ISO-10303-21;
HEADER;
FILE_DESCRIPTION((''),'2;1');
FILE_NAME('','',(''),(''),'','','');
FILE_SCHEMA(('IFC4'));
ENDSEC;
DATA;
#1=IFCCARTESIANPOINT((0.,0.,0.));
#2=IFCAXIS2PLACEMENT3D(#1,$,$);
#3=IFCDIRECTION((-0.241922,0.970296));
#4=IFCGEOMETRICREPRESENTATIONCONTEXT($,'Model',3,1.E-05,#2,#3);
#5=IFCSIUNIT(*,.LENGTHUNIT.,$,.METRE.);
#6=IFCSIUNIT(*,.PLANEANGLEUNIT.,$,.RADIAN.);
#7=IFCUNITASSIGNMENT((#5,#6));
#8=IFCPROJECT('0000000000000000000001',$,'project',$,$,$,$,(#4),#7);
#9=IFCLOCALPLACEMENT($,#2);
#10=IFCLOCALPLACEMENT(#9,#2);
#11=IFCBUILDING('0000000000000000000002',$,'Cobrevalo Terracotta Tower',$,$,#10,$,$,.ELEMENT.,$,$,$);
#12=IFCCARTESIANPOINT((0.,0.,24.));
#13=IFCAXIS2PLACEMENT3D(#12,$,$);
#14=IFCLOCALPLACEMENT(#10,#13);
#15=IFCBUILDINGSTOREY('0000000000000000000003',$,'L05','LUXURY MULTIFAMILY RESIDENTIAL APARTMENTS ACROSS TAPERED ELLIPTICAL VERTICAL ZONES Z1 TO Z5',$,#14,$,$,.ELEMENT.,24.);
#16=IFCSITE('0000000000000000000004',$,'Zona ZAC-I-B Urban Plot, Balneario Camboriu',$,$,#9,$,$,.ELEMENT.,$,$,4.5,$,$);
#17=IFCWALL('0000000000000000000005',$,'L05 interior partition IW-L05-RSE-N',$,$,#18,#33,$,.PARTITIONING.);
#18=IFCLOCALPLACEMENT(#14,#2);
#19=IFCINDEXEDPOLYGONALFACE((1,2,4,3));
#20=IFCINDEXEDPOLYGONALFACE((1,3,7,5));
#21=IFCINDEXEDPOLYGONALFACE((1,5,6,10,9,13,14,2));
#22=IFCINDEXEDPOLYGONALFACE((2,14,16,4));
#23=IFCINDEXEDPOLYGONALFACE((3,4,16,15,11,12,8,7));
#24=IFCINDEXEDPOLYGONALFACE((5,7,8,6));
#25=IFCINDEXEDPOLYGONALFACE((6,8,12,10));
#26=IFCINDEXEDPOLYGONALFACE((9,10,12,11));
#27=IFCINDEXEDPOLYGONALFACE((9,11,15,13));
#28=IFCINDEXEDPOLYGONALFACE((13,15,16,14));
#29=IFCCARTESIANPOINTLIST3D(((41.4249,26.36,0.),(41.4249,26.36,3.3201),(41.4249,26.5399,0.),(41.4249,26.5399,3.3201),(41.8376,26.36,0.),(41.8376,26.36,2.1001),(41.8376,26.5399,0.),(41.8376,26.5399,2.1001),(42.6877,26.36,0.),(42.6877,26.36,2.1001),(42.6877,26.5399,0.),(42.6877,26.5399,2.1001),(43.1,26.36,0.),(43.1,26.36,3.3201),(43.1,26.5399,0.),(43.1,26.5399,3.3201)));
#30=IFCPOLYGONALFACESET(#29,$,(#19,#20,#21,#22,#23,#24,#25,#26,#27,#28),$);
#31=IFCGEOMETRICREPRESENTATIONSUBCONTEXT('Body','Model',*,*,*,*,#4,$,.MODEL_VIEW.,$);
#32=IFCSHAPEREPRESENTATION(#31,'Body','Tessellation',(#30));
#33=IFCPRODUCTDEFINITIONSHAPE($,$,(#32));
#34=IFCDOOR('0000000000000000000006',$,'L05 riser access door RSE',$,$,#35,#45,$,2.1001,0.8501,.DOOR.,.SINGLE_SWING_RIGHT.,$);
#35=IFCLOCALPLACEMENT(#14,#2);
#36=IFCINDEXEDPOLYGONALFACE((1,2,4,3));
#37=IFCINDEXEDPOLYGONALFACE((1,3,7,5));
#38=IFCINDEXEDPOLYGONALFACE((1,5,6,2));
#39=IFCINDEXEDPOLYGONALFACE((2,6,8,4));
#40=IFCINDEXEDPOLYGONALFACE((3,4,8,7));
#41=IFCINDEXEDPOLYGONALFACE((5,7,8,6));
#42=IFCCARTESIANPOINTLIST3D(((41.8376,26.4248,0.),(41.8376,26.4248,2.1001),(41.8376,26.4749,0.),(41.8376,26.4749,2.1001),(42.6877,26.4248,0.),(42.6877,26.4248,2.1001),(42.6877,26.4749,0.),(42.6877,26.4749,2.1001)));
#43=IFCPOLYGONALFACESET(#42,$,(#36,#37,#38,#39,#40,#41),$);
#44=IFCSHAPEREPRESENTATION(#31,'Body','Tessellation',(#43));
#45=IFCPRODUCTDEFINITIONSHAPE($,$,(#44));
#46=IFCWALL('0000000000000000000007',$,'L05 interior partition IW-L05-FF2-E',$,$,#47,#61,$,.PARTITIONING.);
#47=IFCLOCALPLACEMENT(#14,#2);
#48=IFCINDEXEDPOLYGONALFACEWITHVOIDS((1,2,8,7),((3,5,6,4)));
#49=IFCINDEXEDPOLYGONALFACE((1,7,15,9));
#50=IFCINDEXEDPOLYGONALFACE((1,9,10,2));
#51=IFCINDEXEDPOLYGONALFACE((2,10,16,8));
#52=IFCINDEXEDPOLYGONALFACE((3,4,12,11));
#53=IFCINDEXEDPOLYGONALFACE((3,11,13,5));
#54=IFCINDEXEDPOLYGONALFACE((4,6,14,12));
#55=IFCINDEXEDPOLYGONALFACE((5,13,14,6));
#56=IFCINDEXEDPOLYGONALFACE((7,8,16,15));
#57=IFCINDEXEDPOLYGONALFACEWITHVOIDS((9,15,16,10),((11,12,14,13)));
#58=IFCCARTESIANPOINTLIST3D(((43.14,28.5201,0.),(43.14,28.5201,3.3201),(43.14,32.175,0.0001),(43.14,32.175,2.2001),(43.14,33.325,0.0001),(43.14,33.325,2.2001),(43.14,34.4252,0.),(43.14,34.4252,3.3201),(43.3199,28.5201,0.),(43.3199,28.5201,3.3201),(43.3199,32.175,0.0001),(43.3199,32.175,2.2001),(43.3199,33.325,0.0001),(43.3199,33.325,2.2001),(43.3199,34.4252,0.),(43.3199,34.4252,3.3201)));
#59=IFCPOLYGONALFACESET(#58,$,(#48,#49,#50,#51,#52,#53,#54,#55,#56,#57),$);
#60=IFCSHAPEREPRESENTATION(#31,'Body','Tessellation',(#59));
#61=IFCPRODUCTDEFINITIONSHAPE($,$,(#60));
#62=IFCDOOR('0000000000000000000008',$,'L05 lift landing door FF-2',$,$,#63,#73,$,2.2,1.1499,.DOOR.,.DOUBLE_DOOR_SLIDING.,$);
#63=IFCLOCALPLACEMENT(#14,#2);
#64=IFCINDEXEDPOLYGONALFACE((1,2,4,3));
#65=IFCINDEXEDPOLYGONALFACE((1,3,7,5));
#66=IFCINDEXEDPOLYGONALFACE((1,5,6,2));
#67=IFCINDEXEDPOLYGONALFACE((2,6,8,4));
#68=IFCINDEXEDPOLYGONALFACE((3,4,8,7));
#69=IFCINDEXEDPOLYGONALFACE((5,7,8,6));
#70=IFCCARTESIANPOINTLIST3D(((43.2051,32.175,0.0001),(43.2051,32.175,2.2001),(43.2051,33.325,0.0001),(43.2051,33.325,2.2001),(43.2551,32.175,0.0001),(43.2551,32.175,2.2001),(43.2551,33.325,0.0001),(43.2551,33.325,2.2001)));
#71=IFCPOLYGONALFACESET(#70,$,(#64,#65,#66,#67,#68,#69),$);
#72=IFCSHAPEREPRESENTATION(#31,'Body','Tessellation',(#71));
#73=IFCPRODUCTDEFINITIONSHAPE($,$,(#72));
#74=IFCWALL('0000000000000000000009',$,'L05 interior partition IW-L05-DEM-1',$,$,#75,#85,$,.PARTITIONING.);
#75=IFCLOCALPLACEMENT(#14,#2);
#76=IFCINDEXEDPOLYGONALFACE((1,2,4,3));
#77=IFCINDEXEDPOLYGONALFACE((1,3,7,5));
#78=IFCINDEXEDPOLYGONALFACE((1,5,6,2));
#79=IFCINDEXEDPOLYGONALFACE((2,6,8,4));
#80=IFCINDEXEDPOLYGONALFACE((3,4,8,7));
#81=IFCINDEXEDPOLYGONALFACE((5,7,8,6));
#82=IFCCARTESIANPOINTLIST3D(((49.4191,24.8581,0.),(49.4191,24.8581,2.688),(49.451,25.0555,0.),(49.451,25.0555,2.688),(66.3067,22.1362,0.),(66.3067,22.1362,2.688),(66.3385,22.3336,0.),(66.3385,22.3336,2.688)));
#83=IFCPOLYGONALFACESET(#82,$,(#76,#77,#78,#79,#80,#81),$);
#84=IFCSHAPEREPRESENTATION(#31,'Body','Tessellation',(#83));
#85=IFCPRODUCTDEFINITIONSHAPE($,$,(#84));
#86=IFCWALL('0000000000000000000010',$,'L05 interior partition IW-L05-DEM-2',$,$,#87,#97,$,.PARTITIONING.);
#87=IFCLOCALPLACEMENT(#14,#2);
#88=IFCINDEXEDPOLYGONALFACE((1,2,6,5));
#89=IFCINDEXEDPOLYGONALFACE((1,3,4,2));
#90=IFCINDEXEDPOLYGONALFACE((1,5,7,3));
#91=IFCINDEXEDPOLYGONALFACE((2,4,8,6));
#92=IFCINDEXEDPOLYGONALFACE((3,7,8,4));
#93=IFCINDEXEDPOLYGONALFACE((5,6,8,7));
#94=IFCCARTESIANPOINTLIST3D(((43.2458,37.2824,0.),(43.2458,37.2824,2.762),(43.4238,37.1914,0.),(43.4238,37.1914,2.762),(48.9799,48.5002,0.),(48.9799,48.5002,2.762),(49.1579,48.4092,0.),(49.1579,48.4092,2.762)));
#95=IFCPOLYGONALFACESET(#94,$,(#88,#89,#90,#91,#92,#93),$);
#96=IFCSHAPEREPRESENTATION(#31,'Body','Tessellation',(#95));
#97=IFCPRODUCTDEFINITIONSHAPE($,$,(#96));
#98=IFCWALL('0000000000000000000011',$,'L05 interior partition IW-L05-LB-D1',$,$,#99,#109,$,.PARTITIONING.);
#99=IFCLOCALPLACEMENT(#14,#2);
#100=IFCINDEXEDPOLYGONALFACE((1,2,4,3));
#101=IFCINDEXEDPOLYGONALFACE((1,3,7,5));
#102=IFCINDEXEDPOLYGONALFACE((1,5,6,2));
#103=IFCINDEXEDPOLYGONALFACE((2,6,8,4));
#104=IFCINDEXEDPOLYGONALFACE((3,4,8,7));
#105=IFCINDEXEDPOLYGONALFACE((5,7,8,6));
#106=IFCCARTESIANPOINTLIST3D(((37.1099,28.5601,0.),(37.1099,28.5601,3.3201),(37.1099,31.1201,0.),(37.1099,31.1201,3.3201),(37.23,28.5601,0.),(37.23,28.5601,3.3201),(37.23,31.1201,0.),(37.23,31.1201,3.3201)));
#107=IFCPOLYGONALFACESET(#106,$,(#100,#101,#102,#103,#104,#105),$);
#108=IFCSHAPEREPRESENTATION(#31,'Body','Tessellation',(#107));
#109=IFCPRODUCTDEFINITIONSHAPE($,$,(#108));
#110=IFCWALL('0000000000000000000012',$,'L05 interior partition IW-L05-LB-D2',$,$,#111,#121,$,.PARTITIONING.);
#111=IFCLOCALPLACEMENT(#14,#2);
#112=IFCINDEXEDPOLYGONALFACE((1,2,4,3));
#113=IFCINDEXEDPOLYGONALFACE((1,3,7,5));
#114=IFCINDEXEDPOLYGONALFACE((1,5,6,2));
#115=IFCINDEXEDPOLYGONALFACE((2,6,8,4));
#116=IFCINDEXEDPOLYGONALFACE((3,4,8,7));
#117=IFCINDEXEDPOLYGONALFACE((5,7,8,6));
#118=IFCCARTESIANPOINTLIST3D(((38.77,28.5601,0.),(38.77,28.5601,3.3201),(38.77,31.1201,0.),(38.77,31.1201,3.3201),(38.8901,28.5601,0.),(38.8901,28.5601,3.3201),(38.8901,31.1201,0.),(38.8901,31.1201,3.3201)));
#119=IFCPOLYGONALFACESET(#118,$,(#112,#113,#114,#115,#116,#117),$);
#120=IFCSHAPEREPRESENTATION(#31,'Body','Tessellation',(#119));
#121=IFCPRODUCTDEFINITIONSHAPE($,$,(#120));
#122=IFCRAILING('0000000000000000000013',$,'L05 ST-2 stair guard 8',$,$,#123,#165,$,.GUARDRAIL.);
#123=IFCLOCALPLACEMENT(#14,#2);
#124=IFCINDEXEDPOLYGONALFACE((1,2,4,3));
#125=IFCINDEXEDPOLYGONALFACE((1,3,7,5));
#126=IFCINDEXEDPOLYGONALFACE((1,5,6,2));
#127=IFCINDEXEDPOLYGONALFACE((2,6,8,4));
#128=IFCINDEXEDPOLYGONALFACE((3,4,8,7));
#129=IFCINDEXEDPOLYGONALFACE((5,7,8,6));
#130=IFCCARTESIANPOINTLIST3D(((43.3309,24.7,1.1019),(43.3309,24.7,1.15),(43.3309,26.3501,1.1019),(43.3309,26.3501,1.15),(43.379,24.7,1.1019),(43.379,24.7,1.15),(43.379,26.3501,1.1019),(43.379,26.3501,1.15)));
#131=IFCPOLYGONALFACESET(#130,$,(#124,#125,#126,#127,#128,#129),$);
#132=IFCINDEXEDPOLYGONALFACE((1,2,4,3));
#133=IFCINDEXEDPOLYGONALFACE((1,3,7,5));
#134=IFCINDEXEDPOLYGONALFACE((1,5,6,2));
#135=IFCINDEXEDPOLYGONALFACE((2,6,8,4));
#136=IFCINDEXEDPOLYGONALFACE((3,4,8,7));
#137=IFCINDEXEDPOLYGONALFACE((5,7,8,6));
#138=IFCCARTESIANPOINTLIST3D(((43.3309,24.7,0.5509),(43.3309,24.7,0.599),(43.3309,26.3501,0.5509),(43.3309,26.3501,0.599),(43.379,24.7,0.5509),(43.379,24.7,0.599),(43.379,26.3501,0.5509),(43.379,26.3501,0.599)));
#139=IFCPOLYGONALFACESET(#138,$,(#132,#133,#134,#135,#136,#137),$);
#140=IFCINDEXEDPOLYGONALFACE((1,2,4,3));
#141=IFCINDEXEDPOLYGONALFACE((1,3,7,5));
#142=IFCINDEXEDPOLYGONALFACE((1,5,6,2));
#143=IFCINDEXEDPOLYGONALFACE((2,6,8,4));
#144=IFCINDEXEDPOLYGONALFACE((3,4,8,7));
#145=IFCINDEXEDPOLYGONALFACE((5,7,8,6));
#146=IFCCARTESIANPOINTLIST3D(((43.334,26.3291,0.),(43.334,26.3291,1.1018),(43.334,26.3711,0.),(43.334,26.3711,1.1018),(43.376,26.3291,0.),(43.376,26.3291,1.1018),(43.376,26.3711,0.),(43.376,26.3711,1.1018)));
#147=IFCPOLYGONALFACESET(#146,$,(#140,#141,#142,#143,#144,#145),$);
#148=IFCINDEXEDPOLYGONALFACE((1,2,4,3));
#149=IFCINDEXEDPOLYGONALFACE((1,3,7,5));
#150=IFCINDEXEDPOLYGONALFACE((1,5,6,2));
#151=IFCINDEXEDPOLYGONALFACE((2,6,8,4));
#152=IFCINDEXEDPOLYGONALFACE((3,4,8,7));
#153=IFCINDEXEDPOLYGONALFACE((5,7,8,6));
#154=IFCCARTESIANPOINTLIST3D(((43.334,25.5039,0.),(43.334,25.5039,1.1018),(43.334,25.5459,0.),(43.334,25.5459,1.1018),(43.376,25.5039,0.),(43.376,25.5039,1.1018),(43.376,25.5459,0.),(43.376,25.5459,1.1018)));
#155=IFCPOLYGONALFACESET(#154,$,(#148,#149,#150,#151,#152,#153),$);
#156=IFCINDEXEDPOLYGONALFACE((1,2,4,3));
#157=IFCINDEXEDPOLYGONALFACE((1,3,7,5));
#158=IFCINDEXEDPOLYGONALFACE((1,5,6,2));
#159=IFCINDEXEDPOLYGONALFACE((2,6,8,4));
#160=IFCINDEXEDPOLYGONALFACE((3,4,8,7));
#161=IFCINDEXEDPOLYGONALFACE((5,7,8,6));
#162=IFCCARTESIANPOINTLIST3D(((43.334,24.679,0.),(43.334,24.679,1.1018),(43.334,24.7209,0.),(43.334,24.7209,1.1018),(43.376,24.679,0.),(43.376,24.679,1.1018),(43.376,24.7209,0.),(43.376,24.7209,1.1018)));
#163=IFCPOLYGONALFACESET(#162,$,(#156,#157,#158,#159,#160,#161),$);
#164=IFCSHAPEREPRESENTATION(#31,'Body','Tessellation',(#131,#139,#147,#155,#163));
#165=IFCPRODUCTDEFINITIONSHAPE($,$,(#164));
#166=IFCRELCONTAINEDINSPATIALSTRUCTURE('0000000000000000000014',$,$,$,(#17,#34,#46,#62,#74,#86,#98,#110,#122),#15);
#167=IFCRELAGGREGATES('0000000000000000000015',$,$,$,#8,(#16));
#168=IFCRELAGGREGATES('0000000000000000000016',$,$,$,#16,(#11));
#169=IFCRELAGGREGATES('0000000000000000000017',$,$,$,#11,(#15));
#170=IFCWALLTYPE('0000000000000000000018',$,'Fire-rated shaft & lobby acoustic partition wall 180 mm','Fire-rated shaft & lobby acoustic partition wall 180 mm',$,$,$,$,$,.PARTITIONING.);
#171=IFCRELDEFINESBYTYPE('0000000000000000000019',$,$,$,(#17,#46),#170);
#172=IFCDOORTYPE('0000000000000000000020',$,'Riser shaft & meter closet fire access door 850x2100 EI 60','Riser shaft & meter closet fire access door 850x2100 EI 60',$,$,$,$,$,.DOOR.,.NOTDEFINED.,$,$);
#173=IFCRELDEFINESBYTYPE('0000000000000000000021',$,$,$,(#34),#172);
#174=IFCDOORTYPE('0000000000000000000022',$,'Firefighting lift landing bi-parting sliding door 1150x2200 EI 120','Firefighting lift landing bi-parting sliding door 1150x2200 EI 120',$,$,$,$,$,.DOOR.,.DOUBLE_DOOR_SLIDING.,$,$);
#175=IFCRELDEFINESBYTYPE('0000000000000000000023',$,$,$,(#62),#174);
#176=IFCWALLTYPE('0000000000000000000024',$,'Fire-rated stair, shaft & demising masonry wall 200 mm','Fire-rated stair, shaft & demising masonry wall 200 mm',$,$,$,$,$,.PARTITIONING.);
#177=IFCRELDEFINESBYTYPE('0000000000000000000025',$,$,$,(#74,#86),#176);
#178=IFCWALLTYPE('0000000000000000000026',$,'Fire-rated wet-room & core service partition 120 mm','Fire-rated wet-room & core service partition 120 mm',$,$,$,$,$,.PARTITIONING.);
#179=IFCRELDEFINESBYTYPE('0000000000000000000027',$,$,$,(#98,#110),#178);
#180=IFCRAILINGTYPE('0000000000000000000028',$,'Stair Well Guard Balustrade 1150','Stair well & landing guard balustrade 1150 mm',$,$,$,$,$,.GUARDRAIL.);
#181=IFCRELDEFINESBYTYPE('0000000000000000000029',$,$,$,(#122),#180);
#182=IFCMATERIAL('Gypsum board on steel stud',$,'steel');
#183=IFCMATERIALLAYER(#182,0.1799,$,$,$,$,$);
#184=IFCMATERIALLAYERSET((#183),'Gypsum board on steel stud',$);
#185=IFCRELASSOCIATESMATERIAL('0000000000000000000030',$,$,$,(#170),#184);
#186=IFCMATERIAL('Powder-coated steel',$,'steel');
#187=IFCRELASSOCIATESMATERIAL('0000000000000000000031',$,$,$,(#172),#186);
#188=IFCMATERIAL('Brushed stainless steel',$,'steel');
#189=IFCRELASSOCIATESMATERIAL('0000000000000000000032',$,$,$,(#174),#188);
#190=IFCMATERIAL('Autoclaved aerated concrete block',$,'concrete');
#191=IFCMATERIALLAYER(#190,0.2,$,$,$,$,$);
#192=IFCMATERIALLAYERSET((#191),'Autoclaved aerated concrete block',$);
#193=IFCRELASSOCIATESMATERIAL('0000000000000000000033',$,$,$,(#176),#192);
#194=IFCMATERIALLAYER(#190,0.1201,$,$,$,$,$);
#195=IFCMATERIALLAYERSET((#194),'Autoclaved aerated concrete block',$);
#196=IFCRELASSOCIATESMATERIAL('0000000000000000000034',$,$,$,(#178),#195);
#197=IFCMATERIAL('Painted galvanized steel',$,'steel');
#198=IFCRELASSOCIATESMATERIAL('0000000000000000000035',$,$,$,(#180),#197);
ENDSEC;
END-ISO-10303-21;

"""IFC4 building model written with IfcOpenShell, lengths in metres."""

from ifc_helpers import new_model, si_unit, direction, frame, frame_2d, origin, origin_2d, place, context, subcontext, project, spatial, rectangle, extrude, source, transform, mapped, material, layer, layer_set, type_object, element, fill, save


model = new_model("IFC4")

# Units and contexts
model_context = context("Model", 3, precision=1e-05, world=origin(), true_north=direction((-0.241922, 0.970296)))
body_context = subcontext(model_context, "Body", "Model", "MODEL_VIEW")
ifc_project = project(units=[si_unit("LENGTHUNIT", "METRE"), si_unit("PLANEANGLEUNIT", "RADIAN")], contexts=[model_context])

# Site, building, storey
site_placement = place(None, origin())
site = spatial("IfcSite", under=ifc_project, at=site_placement, Name="Zona ZAC-I-B Urban Plot, Balneario Camboriu", CompositionType="ELEMENT", RefElevation=4.5)
building_placement = place(site_placement, origin())
building = spatial("IfcBuilding", under=site, at=building_placement, Name="Cobrevalo Terracotta Tower", CompositionType="ELEMENT")
storey_placement = place(building_placement, frame((0.0, 0.0, 24.0)))
storey = spatial("IfcBuildingStorey", under=building, at=storey_placement, Name="L05", Description="LUXURY MULTIFAMILY RESIDENTIAL APARTMENTS ACROSS TAPERED ELLIPTICAL VERTICAL ZONES Z1 TO Z5", CompositionType="ELEMENT", Elevation=24.0)

# Shared definitions
ifc_material_1 = material(Name="Gypsum board on steel stud", Category="steel")

# Shared definitions
ifc_material_2 = material(Name="Brushed stainless steel", Category="steel")

# Walls, openings, doors
ifc_layer_1 = layer(ifc_material_1, 0.1799)
ifc_layer_set_1 = layer_set([ifc_layer_1], Name="Gypsum board on steel stud")
wall_type_1 = type_object("IfcWallType", Name="Fire-rated shaft & lobby acoustic partition wall 180 mm", Description="Fire-rated shaft & lobby acoustic partition wall 180 mm", PredefinedType="PARTITIONING", material=ifc_layer_set_1)
wall_1_placement = place(storey_placement, frame((41.425, 26.45, 0.0), z_axis=(0.0, 0.0, 1.0), x_axis=(1.0, 0.0, 0.0)))
wall_1 = element("IfcWall", 1, at=wall_1_placement, inside=storey, type_object=wall_type_1, Name="L05 interior partition IW-L05-RSE-N", PredefinedType="PARTITIONING", context=body_context, shape_type="SweptSolid", body=[
    extrude(rectangle(XDim=1.675, YDim=0.1799, at=frame_2d((0.8374, 0.0))), origin(), (0.0, 0.0, 1.0), 3.3201),
])
opening_1_placement = place(wall_1_placement, frame((0.4126, 0.0, 0.0)))
opening_1 = element("IfcOpeningElement", 2, at=opening_1_placement, cuts=wall_1, PredefinedType="OPENING", context=body_context, shape_type="SweptSolid", body=[
    extrude(rectangle(XDim=0.8501, YDim=2.1001, at=frame_2d((0.425, 1.05))), frame((0.0, 0.1001, 0.0), z_axis=(0.0, -1.0, 0.0), x_axis=(1.0, 0.0, 0.0)), (0.0, 0.0, 1.0), 0.2),
])
ifc_material_3 = material(Name="Powder-coated steel", Category="steel")
door_type_1 = type_object("IfcDoorType", Name="Riser shaft & meter closet fire access door 850x2100 EI 60", Description="Riser shaft & meter closet fire access door 850x2100 EI 60", OperationType="NOTDEFINED", PredefinedType="DOOR", material=ifc_material_3)
shared_shape_1 = source(origin(), body_context, "Body", "SweptSolid", [
    extrude(rectangle(XDim=0.8501, YDim=2.1001, at=frame_2d((0.425, 1.05))), frame((0.0, 0.0249, 0.0), z_axis=(0.0, -1.0, 0.0), x_axis=(1.0, 0.0, 0.0)), (0.0, 0.0, 1.0), 0.05),
])
door_1_placement = place(opening_1_placement, origin())
door_1 = element("IfcDoor", 3, at=door_1_placement, inside=storey, type_object=door_type_1, Name="L05 riser access door RSE", OperationType="SINGLE_SWING_RIGHT", OverallHeight=2.1001, OverallWidth=0.8501, PredefinedType="DOOR", context=body_context, shape_type="MappedRepresentation", body=[
    mapped(shared_shape_1, transform((0.0, 0.0, 0.0), scale=1.0)),
])
fill(opening_1, door_1)
wall_2_placement = place(storey_placement, frame((43.23, 28.52, 0.0), z_axis=(0.0, 0.0, 1.0), x_axis=(0.0, 1.0, 0.0)))
wall_2 = element("IfcWall", 4, at=wall_2_placement, inside=storey, type_object=wall_type_1, Name="L05 interior partition IW-L05-FF2-E", PredefinedType="PARTITIONING", context=body_context, shape_type="SweptSolid", body=[
    extrude(rectangle(XDim=5.905, YDim=0.1799, at=frame_2d((2.9526, 0.0))), origin(), (0.0, 0.0, 1.0), 3.3201),
])
opening_2_placement = place(wall_2_placement, frame((3.655, 0.0, 0.0)))
opening_2 = element("IfcOpeningElement", 5, at=opening_2_placement, cuts=wall_2, PredefinedType="OPENING", context=body_context, shape_type="SweptSolid", body=[
    extrude(rectangle(XDim=1.1499, YDim=2.2, at=frame_2d((0.575, 1.1001))), frame((0.0, 0.1001, 0.0), z_axis=(0.0, -1.0, 0.0), x_axis=(1.0, 0.0, 0.0)), (0.0, 0.0, 1.0), 0.2),
])
door_type_2 = type_object("IfcDoorType", Name="Firefighting lift landing bi-parting sliding door 1150x2200 EI 120", Description="Firefighting lift landing bi-parting sliding door 1150x2200 EI 120", OperationType="DOUBLE_DOOR_SLIDING", PredefinedType="DOOR", material=ifc_material_2)
shared_shape_2 = source(origin(), body_context, "Body", "SweptSolid", [
    extrude(rectangle(XDim=1.1499, YDim=2.2, at=frame_2d((0.575, 1.1001))), frame((0.0, 0.0249, 0.0), z_axis=(0.0, -1.0, 0.0), x_axis=(1.0, 0.0, 0.0)), (0.0, 0.0, 1.0), 0.05),
])
door_2_placement = place(opening_2_placement, origin())
door_2 = element("IfcDoor", 6, at=door_2_placement, inside=storey, type_object=door_type_2, Name="L05 lift landing door FF-2", OperationType="DOUBLE_DOOR_SLIDING", OverallHeight=2.2, OverallWidth=1.1499, PredefinedType="DOOR", context=body_context, shape_type="MappedRepresentation", body=[
    mapped(shared_shape_2, transform((0.0, 0.0, 0.0), scale=1.0)),
])
fill(opening_2, door_2)

# Walls
ifc_material_4 = material(Name="Autoclaved aerated concrete block", Category="concrete")
ifc_layer_2 = layer(ifc_material_4, 0.2)
ifc_layer_set_2 = layer_set([ifc_layer_2], Name="Autoclaved aerated concrete block")
wall_type_2 = type_object("IfcWallType", Name="Fire-rated stair, shaft & demising masonry wall 200 mm", Description="Fire-rated stair, shaft & demising masonry wall 200 mm", PredefinedType="PARTITIONING", material=ifc_layer_set_2)
wall_3_placement = place(storey_placement, frame((49.4351, 24.9568, 0.0), z_axis=(0.0, 0.0, 1.0), x_axis=(0.987258, -0.159127, 0.0)))
element("IfcWall", 7, at=wall_3_placement, inside=storey, type_object=wall_type_2, Name="L05 interior partition IW-L05-DEM-1", PredefinedType="PARTITIONING", context=body_context, shape_type="SweptSolid", body=[
    extrude(rectangle(XDim=17.1055, YDim=0.2, at=frame_2d((8.5527, 0.0))), origin(), (0.0, 0.0, 1.0), 2.688),
])
wall_4_placement = place(storey_placement, frame((43.3347, 37.2368, 0.0), z_axis=(0.0, 0.0, 1.0), x_axis=(0.455149, 0.890415, 0.0)))
element("IfcWall", 8, at=wall_4_placement, inside=storey, type_object=wall_type_2, Name="L05 interior partition IW-L05-DEM-2", PredefinedType="PARTITIONING", context=body_context, shape_type="SweptSolid", body=[
    extrude(rectangle(XDim=12.5984, YDim=0.2, at=frame_2d((6.2993, 0.0))), origin(), (0.0, 0.0, 1.0), 2.762),
])
ifc_layer_3 = layer(ifc_material_4, 0.1201)
ifc_layer_set_3 = layer_set([ifc_layer_3], Name="Autoclaved aerated concrete block")
wall_type_3 = type_object("IfcWallType", Name="Fire-rated wet-room & core service partition 120 mm", Description="Fire-rated wet-room & core service partition 120 mm", PredefinedType="PARTITIONING", material=ifc_layer_set_3)
for number, where, z_axis, x_axis, name in (
    (9, (37.1699, 28.5601, 0.0), (0.0, 0.0, 1.0), (0.0, 1.0, 0.0), "L05 interior partition IW-L05-LB-D1"),
    (10, (38.8301, 28.5601, 0.0), (0.0, 0.0, 1.0), (0.0, 1.0, 0.0), "L05 interior partition IW-L05-LB-D2"),
):
    element("IfcWall", number, at=place(storey_placement, frame(where, z_axis=z_axis, x_axis=x_axis)), inside=storey, type_object=wall_type_3, Name=name, PredefinedType="PARTITIONING", context=body_context, shape_type="SweptSolid", body=[
        extrude(rectangle(XDim=2.5601, YDim=0.1201, at=frame_2d((1.28, 0.0))), origin(), (0.0, 0.0, 1.0), 3.3201),
    ])

# Railing
ifc_material_5 = material(Name="Painted galvanized steel", Category="steel")
railing_type = type_object("IfcRailingType", Name="Stair Well Guard Balustrade 1150", Description="Stair well & landing guard balustrade 1150 mm", PredefinedType="GUARDRAIL", material=ifc_material_5)
for number, where, name in (
    (11, (43.355, 26.3501, 0.0), "L05 ST-2 stair guard 8"),
):
    element("IfcRailing", number, at=place(storey_placement, frame(where)), inside=storey, type_object=railing_type, Name=name, PredefinedType="GUARDRAIL", context=body_context, shape_type="SweptSolid", body=[
        extrude(rectangle(XDim=0.0481, YDim=0.0481, at=origin_2d()), frame((0.0, 0.0, 1.126), z_axis=(0.0, -1.0, 0.0), x_axis=(1.0, 0.0, 0.0)), (0.0, 0.0, 1.0), 1.6501),
        extrude(rectangle(XDim=0.0481, YDim=0.0481, at=origin_2d()), frame((0.0, 0.0, 0.575), z_axis=(0.0, -1.0, 0.0), x_axis=(1.0, 0.0, 0.0)), (0.0, 0.0, 1.0), 1.6501),
        extrude(rectangle(XDim=0.042, YDim=0.042, at=origin_2d()), origin(), (0.0, 0.0, 1.0), 1.1018),
        extrude(rectangle(XDim=0.042, YDim=0.042, at=origin_2d()), frame((0.0, -0.8252, 0.0)), (0.0, 0.0, 1.0), 1.1018),
        extrude(rectangle(XDim=0.042, YDim=0.042, at=origin_2d()), frame((0.0, -1.6501, 0.0)), (0.0, 0.0, 1.0), 1.1018),
    ])

save(model, "model.ifc")
